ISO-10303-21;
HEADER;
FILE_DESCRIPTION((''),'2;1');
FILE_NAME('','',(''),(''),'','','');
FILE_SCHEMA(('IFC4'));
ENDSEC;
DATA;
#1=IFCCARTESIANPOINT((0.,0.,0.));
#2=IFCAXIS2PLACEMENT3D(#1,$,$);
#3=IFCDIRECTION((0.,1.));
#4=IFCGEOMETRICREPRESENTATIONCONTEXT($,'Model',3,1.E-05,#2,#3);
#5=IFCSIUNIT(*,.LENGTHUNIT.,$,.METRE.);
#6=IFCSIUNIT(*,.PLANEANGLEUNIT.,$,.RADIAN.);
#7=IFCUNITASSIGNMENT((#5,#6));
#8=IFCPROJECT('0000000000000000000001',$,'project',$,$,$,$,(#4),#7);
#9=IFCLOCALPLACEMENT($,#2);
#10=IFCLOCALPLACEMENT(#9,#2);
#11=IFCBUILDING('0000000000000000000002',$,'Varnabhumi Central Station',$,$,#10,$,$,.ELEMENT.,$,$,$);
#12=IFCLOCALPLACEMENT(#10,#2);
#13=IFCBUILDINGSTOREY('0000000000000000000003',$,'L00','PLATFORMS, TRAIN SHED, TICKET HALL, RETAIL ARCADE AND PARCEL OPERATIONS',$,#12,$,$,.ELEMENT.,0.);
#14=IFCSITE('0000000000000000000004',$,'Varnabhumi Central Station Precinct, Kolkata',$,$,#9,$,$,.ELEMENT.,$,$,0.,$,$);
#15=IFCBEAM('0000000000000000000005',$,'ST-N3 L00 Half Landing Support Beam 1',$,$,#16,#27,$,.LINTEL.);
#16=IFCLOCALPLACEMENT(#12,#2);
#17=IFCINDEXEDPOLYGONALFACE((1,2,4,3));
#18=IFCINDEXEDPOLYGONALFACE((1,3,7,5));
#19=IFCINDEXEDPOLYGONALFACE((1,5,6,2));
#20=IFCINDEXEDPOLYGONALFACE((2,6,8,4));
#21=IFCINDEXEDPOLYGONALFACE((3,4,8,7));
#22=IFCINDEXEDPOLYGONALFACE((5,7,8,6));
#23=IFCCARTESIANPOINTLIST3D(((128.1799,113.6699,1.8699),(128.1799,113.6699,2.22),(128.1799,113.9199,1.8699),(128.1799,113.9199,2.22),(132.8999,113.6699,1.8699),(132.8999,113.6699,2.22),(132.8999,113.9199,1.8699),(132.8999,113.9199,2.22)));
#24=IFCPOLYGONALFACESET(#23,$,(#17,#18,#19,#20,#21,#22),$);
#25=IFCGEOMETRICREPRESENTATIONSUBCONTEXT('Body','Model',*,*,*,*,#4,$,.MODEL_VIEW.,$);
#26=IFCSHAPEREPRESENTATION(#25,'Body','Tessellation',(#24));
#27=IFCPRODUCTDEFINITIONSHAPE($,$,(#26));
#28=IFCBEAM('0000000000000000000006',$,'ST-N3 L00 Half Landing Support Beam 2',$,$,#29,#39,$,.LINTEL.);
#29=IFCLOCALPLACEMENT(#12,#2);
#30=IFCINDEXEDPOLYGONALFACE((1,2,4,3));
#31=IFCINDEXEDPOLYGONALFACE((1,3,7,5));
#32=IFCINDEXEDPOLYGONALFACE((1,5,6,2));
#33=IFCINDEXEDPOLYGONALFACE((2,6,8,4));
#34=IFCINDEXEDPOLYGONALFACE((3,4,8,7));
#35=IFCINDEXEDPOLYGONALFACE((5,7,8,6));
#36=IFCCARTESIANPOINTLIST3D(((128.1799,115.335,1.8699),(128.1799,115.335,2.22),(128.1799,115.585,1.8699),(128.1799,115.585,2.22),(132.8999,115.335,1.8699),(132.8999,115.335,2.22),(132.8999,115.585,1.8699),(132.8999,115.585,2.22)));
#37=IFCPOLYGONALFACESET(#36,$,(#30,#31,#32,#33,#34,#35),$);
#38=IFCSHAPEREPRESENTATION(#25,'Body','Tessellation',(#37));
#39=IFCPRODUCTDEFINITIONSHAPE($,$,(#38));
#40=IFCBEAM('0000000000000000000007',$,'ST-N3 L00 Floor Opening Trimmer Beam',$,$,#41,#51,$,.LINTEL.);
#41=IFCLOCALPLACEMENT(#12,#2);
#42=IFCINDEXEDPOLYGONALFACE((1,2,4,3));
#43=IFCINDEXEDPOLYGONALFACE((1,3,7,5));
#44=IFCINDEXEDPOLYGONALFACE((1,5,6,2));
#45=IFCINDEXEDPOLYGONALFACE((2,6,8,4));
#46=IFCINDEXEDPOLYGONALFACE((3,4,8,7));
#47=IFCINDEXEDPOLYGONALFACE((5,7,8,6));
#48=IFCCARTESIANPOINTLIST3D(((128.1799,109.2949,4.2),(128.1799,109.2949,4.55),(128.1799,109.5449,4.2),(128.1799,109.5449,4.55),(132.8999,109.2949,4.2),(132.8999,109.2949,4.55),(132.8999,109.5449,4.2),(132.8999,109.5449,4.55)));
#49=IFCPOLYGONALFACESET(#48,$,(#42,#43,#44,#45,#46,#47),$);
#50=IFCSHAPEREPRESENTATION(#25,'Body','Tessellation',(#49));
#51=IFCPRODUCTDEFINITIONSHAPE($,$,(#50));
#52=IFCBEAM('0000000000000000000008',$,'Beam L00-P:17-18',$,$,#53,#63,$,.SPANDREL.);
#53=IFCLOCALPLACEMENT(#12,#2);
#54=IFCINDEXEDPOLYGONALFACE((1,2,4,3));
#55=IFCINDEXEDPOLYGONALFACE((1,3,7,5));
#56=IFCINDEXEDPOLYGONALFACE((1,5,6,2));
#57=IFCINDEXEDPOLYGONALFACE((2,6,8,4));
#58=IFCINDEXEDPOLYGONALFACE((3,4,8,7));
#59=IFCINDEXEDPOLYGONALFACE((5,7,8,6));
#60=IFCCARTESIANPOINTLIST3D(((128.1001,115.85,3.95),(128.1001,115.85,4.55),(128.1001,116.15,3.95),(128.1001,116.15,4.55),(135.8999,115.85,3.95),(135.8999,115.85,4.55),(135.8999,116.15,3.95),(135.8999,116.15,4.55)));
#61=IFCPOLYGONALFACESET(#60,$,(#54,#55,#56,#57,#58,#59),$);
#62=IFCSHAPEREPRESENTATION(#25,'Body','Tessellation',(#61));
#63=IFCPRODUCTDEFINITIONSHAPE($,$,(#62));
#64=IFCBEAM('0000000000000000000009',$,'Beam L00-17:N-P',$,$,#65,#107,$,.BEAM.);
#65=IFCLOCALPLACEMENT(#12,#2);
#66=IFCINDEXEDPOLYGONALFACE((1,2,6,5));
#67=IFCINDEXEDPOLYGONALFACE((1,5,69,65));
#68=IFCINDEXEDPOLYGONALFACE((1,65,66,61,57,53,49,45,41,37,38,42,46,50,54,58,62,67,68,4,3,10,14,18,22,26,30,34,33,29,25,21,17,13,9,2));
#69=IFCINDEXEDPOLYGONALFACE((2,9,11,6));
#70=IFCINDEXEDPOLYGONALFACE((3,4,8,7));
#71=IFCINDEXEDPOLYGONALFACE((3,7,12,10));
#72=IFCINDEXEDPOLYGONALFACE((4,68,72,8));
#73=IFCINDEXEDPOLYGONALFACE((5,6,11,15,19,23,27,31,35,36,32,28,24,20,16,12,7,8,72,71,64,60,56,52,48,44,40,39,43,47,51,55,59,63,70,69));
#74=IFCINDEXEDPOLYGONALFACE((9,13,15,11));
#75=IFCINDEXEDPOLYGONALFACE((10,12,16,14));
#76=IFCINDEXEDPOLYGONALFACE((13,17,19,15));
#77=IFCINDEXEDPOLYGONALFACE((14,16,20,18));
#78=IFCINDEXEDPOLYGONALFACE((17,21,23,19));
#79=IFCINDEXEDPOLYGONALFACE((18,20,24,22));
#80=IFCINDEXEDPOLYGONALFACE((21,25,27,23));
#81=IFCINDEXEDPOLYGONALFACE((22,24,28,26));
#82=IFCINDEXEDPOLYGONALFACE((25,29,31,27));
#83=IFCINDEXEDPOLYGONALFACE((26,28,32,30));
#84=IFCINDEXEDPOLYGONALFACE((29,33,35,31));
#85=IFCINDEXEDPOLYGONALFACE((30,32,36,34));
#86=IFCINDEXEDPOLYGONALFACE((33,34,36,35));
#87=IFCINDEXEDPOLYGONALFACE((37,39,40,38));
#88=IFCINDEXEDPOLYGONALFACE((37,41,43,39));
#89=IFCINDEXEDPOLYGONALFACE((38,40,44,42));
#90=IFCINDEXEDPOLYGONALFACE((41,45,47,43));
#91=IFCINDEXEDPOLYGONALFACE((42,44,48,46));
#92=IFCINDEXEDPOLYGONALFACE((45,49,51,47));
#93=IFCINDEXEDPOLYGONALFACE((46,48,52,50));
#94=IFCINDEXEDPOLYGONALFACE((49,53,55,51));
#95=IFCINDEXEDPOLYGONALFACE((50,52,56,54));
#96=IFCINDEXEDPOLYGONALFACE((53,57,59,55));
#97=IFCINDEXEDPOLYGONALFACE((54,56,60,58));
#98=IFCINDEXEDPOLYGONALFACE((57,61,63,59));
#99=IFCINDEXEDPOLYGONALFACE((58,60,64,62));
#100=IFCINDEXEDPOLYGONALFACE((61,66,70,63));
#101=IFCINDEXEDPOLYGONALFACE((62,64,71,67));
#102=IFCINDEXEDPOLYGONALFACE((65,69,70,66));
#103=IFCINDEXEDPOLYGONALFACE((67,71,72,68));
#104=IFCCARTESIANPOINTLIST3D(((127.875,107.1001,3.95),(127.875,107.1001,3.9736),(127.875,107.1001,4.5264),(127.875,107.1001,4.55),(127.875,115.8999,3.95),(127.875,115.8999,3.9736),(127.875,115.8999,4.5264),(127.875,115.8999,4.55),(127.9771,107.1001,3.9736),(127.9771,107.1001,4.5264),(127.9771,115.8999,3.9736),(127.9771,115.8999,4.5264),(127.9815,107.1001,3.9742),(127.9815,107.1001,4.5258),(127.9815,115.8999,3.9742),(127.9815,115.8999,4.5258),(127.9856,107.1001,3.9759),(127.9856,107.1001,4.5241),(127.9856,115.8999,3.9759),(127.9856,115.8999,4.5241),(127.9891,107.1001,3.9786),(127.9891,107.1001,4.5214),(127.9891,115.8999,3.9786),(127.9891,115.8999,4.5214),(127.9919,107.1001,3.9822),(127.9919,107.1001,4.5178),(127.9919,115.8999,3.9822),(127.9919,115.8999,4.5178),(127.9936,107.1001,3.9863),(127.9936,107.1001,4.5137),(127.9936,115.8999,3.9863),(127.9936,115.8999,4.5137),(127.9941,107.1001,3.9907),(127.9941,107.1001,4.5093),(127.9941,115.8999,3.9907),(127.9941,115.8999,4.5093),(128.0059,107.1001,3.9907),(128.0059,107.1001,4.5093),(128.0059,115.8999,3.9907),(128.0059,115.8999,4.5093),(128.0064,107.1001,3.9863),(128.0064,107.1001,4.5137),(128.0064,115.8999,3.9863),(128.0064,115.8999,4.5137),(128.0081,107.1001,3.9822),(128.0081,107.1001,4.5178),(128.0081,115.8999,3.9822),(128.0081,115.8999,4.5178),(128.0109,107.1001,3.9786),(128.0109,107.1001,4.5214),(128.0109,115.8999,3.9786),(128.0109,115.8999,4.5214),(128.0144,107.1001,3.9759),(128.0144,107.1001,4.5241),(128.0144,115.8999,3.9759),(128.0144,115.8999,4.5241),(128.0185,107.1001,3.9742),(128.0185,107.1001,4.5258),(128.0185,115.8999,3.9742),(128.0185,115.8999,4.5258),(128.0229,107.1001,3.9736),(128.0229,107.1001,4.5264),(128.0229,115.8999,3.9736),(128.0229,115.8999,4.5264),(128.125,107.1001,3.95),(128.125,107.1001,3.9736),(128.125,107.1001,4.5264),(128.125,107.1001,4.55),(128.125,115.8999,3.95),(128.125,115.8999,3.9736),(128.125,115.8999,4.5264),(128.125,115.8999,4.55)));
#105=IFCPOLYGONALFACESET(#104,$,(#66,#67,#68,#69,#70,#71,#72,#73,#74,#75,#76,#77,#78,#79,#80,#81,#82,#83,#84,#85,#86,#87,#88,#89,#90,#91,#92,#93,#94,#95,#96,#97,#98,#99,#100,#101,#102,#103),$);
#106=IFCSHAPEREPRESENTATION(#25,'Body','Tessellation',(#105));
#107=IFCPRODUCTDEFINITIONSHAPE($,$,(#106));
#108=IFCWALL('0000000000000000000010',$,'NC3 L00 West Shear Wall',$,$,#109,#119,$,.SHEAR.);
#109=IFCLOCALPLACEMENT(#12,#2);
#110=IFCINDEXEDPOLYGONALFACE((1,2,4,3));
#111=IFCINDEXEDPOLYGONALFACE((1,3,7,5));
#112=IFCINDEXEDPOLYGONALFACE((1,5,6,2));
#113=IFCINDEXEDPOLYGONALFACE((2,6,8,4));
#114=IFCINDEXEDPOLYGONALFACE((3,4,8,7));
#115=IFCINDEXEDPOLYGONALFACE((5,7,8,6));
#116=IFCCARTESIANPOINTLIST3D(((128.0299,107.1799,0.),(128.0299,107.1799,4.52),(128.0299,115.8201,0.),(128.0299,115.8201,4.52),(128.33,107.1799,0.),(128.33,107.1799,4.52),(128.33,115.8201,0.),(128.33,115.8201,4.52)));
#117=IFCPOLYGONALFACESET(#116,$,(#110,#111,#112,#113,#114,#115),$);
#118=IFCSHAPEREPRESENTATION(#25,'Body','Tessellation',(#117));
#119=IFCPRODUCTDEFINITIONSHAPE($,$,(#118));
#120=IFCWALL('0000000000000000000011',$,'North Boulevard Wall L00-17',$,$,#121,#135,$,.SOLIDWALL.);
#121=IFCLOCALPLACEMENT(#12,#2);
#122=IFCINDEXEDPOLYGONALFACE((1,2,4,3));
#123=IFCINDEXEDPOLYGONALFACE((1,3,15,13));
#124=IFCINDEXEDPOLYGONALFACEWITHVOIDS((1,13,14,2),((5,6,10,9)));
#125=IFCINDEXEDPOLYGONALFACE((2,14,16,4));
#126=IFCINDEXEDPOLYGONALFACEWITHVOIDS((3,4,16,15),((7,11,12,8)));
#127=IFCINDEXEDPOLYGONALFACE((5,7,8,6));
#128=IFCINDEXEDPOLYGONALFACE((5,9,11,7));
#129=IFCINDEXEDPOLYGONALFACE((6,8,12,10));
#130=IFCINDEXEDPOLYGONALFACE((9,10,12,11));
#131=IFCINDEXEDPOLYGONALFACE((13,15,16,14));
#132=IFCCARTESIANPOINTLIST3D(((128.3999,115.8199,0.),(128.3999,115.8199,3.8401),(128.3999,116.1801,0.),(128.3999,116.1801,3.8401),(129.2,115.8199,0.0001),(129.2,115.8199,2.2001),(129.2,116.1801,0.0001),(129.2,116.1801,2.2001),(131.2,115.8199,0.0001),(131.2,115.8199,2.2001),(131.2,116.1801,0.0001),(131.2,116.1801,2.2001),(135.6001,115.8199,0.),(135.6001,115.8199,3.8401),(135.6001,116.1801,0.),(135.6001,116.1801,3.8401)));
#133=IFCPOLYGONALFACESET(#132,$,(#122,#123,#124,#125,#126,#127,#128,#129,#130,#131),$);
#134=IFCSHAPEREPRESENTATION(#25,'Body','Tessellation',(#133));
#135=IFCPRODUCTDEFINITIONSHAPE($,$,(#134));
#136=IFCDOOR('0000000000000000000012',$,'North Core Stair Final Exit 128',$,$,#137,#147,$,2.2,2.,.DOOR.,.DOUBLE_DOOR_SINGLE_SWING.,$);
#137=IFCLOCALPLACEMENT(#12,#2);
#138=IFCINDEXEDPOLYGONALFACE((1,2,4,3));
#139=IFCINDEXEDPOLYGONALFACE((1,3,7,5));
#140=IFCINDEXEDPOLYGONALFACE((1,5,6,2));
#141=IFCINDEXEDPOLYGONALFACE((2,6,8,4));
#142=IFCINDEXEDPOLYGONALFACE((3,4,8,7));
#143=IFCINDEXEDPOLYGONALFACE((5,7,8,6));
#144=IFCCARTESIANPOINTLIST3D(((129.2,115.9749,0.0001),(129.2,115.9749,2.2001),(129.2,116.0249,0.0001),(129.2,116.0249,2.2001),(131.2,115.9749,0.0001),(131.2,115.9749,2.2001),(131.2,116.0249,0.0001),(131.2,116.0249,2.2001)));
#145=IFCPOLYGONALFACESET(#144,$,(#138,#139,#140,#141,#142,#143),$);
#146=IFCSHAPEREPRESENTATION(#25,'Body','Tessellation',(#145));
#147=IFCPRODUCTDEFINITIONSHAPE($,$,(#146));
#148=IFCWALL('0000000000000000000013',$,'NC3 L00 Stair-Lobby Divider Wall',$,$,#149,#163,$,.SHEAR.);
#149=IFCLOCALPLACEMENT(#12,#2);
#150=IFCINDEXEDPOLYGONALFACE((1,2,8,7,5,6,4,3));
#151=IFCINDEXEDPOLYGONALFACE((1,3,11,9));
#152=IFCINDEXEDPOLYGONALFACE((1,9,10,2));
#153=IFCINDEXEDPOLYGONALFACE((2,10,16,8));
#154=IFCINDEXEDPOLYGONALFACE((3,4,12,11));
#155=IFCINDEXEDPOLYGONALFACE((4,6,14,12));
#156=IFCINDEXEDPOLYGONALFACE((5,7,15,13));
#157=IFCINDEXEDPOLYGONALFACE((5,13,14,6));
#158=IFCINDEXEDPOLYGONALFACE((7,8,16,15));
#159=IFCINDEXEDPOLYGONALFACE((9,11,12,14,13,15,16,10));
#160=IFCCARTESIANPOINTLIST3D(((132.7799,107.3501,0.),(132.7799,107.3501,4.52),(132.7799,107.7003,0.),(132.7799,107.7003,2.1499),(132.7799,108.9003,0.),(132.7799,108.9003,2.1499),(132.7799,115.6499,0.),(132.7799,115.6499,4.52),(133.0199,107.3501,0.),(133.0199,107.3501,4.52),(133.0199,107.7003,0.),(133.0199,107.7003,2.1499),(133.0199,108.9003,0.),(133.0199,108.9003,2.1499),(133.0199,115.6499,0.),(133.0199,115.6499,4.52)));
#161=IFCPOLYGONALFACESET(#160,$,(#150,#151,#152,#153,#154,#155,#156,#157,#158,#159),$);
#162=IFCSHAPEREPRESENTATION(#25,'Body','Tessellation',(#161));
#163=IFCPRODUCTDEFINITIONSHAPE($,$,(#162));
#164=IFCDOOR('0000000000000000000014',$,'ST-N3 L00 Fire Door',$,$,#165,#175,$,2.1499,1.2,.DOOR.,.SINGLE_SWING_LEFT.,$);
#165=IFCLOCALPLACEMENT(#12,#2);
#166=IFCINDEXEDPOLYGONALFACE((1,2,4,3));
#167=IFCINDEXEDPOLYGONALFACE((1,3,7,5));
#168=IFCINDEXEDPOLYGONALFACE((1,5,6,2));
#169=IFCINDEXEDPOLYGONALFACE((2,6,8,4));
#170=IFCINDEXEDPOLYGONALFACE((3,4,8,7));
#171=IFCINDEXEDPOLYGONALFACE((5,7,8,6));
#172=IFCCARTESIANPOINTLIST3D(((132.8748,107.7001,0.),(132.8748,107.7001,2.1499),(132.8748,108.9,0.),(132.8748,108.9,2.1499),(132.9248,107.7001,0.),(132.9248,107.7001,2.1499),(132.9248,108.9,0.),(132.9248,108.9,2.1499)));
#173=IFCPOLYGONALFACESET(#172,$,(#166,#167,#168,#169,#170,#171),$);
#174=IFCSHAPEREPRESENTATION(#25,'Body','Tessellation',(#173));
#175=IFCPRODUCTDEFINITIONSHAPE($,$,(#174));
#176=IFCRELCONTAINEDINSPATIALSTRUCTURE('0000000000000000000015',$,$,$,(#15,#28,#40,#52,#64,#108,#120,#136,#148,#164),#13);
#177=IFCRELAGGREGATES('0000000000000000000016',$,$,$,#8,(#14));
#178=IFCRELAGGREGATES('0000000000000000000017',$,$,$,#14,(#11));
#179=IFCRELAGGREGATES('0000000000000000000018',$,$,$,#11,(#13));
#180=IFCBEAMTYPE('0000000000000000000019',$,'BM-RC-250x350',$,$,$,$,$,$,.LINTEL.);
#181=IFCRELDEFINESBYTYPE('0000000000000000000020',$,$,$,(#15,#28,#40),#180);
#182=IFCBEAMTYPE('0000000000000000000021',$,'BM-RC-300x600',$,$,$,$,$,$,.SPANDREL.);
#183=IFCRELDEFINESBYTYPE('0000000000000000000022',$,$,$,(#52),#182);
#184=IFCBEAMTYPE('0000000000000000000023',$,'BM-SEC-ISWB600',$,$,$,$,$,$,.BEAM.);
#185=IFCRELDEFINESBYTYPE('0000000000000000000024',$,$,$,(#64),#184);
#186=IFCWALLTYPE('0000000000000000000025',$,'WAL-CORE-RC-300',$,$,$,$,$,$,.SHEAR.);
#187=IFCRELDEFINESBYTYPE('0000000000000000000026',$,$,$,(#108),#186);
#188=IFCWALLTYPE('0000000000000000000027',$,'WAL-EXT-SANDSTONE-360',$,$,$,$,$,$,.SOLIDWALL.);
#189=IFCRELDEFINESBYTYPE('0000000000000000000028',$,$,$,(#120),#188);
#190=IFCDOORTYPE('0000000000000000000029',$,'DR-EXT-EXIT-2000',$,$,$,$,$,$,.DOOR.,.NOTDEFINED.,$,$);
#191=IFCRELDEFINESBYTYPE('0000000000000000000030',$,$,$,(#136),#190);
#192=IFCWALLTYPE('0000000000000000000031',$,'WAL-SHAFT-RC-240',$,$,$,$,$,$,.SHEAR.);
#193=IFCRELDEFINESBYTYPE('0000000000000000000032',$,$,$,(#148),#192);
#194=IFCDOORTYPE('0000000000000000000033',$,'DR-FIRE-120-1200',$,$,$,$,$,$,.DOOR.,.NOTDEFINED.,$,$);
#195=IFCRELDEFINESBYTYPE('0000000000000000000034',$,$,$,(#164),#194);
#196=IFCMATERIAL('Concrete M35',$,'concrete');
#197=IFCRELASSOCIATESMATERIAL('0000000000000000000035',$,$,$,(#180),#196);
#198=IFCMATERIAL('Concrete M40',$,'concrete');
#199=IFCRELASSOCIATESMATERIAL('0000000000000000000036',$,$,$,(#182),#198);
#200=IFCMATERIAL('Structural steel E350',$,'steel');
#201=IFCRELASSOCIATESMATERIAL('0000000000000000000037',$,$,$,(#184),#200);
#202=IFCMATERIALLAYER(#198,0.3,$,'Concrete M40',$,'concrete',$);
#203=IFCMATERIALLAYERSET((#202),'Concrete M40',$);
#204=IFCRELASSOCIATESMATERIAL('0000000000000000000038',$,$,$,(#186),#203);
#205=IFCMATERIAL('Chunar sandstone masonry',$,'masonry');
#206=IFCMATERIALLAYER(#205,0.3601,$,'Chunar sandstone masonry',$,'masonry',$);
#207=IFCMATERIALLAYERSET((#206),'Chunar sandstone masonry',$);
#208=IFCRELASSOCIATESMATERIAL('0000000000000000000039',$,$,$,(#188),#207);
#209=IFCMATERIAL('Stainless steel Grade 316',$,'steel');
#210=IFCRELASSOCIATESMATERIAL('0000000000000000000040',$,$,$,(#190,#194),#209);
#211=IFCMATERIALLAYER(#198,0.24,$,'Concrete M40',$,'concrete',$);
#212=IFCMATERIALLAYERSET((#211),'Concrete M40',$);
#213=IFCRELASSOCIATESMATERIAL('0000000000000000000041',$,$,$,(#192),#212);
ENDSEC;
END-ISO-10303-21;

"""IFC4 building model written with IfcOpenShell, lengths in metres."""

from ifc_helpers import new_model, si_unit, direction, frame, frame_2d, origin, origin_2d, place, context, subcontext, project, spatial, rectangle, i_section, extrude, material, layer, layer_set, material_profile, profile_set, type_object, element, fill, save


model = new_model("IFC4")

# Units and contexts
model_context = context("Model", 3, precision=1e-05, world=origin(), true_north=direction((0.0, 1.0)))
body_context = subcontext(model_context, "Body", "Model", "MODEL_VIEW")
ifc_project = project(units=[si_unit("LENGTHUNIT", "METRE"), si_unit("PLANEANGLEUNIT", "RADIAN")], contexts=[model_context])

# Site, building, storey
site_placement = place(None, origin())
site = spatial("IfcSite", under=ifc_project, at=site_placement, Name="Varnabhumi Central Station Precinct, Kolkata", CompositionType="ELEMENT", RefElevation=0.0)
building_placement = place(site_placement, origin())
building = spatial("IfcBuilding", under=site, at=building_placement, Name="Varnabhumi Central Station", CompositionType="ELEMENT")
storey_placement = place(building_placement, origin())
storey = spatial("IfcBuildingStorey", under=building, at=storey_placement, Name="L00", Description="PLATFORMS, TRAIN SHED, TICKET HALL, RETAIL ARCADE AND PARCEL OPERATIONS", CompositionType="ELEMENT", Elevation=0.0)

# Shared definitions
ifc_material_1 = material(Name="Concrete M40", Category="concrete")

# Shared definitions
ifc_material_2 = material(Name="Concrete M35", Category="concrete")

# Beams
ifc_material_profile_1 = material_profile(ifc_material_2, rectangle(XDim=0.25, YDim=0.3501, at=origin_2d()), Name="Concrete M35", Category="concrete")
ifc_profile_set_1 = profile_set([ifc_material_profile_1], Name="Concrete M35")
beam_type_1 = type_object("IfcBeamType", Name="BM-RC-250x350", PredefinedType="LINTEL", material=ifc_profile_set_1)
for number, where, z_axis, x_axis, name in (
    (1, (128.1799, 113.7949, 2.0449), (1.0, 0.0, 0.0), (0.0, 1.0, 0.0), "ST-N3 L00 Half Landing Support Beam 1"),
    (2, (128.1799, 115.46, 2.0449), (1.0, 0.0, 0.0), (0.0, 1.0, 0.0), "ST-N3 L00 Half Landing Support Beam 2"),
    (3, (128.1799, 109.4199, 4.375), (1.0, 0.0, 0.0), (0.0, 1.0, 0.0), "ST-N3 L00 Floor Opening Trimmer Beam"),
):
    element("IfcBeam", number, at=place(storey_placement, frame(where, z_axis=z_axis, x_axis=x_axis)), inside=storey, type_object=beam_type_1, Name=name, PredefinedType="LINTEL", context=body_context, shape_type="SweptSolid", body=[
        extrude(rectangle(XDim=0.25, YDim=0.3501, at=origin_2d()), origin(), (0.0, 0.0, 1.0), 4.72),
    ])
ifc_material_profile_2 = material_profile(ifc_material_1, rectangle(XDim=0.3, YDim=0.6001, at=origin_2d()), Name="Concrete M40", Category="concrete")
ifc_profile_set_2 = profile_set([ifc_material_profile_2], Name="Concrete M40")
beam_type_2 = type_object("IfcBeamType", Name="BM-RC-300x600", PredefinedType="SPANDREL", material=ifc_profile_set_2)
beam_1_placement = place(storey_placement, frame((128.1001, 116.0, 4.25), z_axis=(1.0, 0.0, 0.0), x_axis=(0.0, 1.0, 0.0)))
element("IfcBeam", 4, at=beam_1_placement, inside=storey, type_object=beam_type_2, Name="Beam L00-P:17-18", PredefinedType="SPANDREL", context=body_context, shape_type="SweptSolid", body=[
    extrude(rectangle(XDim=0.3, YDim=0.6001, at=origin_2d()), origin(), (0.0, 0.0, 1.0), 7.7998),
])
ifc_material_3 = material(Name="Structural steel E350", Category="steel")
ifc_material_profile_3 = material_profile(ifc_material_3, i_section(OverallWidth=0.25, OverallDepth=0.6001, WebThickness=0.0117, FlangeThickness=0.0237, FilletRadius=0.0171, at=origin_2d()), Name="Structural steel E350", Category="steel")
ifc_profile_set_3 = profile_set([ifc_material_profile_3], Name="Structural steel E350")
beam_type_3 = type_object("IfcBeamType", Name="BM-SEC-ISWB600", PredefinedType="BEAM", material=ifc_profile_set_3)
beam_2_placement = place(storey_placement, frame((128.0, 107.1001, 4.25), z_axis=(0.0, 1.0, 0.0), x_axis=(-1.0, 0.0, 0.0)))
element("IfcBeam", 5, at=beam_2_placement, inside=storey, type_object=beam_type_3, Name="Beam L00-17:N-P", PredefinedType="BEAM", context=body_context, shape_type="SweptSolid", body=[
    extrude(i_section(OverallWidth=0.25, OverallDepth=0.6001, WebThickness=0.0117, FlangeThickness=0.0237, FilletRadius=0.0171, at=origin_2d()), origin(), (0.0, 0.0, 1.0), 8.7998),
])

# Wall
ifc_layer_1 = layer(ifc_material_1, 0.3, Name="Concrete M40", Category="concrete")
ifc_layer_set_1 = layer_set([ifc_layer_1], Name="Concrete M40")
wall_type_1 = type_object("IfcWallType", Name="WAL-CORE-RC-300", PredefinedType="SHEAR", material=ifc_layer_set_1)
wall_1_placement = place(storey_placement, frame((128.1799, 107.1799, 0.0), z_axis=(0.0, 0.0, 1.0), x_axis=(0.0, 1.0, 0.0)))
element("IfcWall", 6, at=wall_1_placement, inside=storey, type_object=wall_type_1, Name="NC3 L00 West Shear Wall", PredefinedType="SHEAR", context=body_context, shape_type="SweptSolid", body=[
    extrude(rectangle(XDim=8.6401, YDim=0.3, at=frame_2d((4.3201, 0.0))), origin(), (0.0, 0.0, 1.0), 4.52),
])

# Walls, openings, doors
ifc_material_4 = material(Name="Chunar sandstone masonry", Category="masonry")
ifc_layer_2 = layer(ifc_material_4, 0.3601, Name="Chunar sandstone masonry", Category="masonry")
ifc_layer_set_2 = layer_set([ifc_layer_2], Name="Chunar sandstone masonry")
wall_type_2 = type_object("IfcWallType", Name="WAL-EXT-SANDSTONE-360", PredefinedType="SOLIDWALL", material=ifc_layer_set_2)
wall_2_placement = place(storey_placement, frame((128.3999, 116.0, 0.0), z_axis=(0.0, 0.0, 1.0), x_axis=(1.0, 0.0, 0.0)))
wall_2 = element("IfcWall", 7, at=wall_2_placement, inside=storey, type_object=wall_type_2, Name="North Boulevard Wall L00-17", PredefinedType="SOLIDWALL", context=body_context, shape_type="SweptSolid", body=[
    extrude(rectangle(XDim=7.2002, YDim=0.3601, at=frame_2d((3.6001, 0.0))), origin(), (0.0, 0.0, 1.0), 3.8401),
])
opening_1_placement = place(wall_2_placement, frame((0.8, 0.0, 0.0)))
opening_1 = element("IfcOpeningElement", 8, at=opening_1_placement, cuts=wall_2, PredefinedType="OPENING", context=body_context, shape_type="SweptSolid", body=[
    extrude(rectangle(XDim=2.0, YDim=2.2, at=frame_2d((1.0, 1.1001))), frame((0.0, 0.1899, 0.0), z_axis=(0.0, -1.0, 0.0), x_axis=(1.0, 0.0, 0.0)), (0.0, 0.0, 1.0), 0.3801),
])
ifc_material_5 = material(Name="Stainless steel Grade 316", Category="steel")
door_type_1 = type_object("IfcDoorType", Name="DR-EXT-EXIT-2000", OperationType="NOTDEFINED", PredefinedType="DOOR", material=ifc_material_5)
door_1_placement = place(opening_1_placement, origin())
door_1 = element("IfcDoor", 9, at=door_1_placement, inside=storey, type_object=door_type_1, Name="North Core Stair Final Exit 128", OperationType="DOUBLE_DOOR_SINGLE_SWING", OverallHeight=2.2, OverallWidth=2.0, PredefinedType="DOOR", context=body_context, shape_type="SweptSolid", body=[
    extrude(rectangle(XDim=2.0, YDim=2.2, at=frame_2d((1.0, 1.1001))), frame((0.0, 0.0249, 0.0), z_axis=(0.0, -1.0, 0.0), x_axis=(1.0, 0.0, 0.0)), (0.0, 0.0, 1.0), 0.05),
])
fill(opening_1, door_1)
ifc_layer_3 = layer(ifc_material_1, 0.24, Name="Concrete M40", Category="concrete")
ifc_layer_set_3 = layer_set([ifc_layer_3], Name="Concrete M40")
wall_type_3 = type_object("IfcWallType", Name="WAL-SHAFT-RC-240", PredefinedType="SHEAR", material=ifc_layer_set_3)
wall_3_placement = place(storey_placement, frame((132.8999, 107.3501, 0.0), z_axis=(0.0, 0.0, 1.0), x_axis=(0.0, 1.0, 0.0)))
wall_3 = element("IfcWall", 10, at=wall_3_placement, inside=storey, type_object=wall_type_3, Name="NC3 L00 Stair-Lobby Divider Wall", PredefinedType="SHEAR", context=body_context, shape_type="SweptSolid", body=[
    extrude(rectangle(XDim=8.2998, YDim=0.24, at=frame_2d((4.1499, 0.0))), origin(), (0.0, 0.0, 1.0), 4.52),
])
opening_2_placement = place(wall_3_placement, frame((0.3501, 0.0, 0.0)))
opening_2 = element("IfcOpeningElement", 11, at=opening_2_placement, cuts=wall_3, PredefinedType="OPENING", context=body_context, shape_type="SweptSolid", body=[
    extrude(rectangle(XDim=1.2, YDim=2.1499, at=frame_2d((0.6001, 1.075))), frame((0.0, 0.1299, 0.0), z_axis=(0.0, -1.0, 0.0), x_axis=(1.0, 0.0, 0.0)), (0.0, 0.0, 1.0), 0.26),
])
door_type_2 = type_object("IfcDoorType", Name="DR-FIRE-120-1200", OperationType="NOTDEFINED", PredefinedType="DOOR", material=ifc_material_5)
door_2_placement = place(opening_2_placement, frame((1.2, 0.0, 0.0), z_axis=(0.0, 0.0, 1.0), x_axis=(-1.0, 0.0, 0.0)))
door_2 = element("IfcDoor", 12, at=door_2_placement, inside=storey, type_object=door_type_2, Name="ST-N3 L00 Fire Door", OperationType="SINGLE_SWING_LEFT", OverallHeight=2.1499, OverallWidth=1.2, PredefinedType="DOOR", context=body_context, shape_type="SweptSolid", body=[
    extrude(rectangle(XDim=1.2, YDim=2.1499, at=frame_2d((0.6001, 1.075))), frame((0.0, 0.0249, 0.0), z_axis=(0.0, -1.0, 0.0), x_axis=(1.0, 0.0, 0.0)), (0.0, 0.0, 1.0), 0.05),
])
fill(opening_2, door_2)

save(model, "model.ifc")
